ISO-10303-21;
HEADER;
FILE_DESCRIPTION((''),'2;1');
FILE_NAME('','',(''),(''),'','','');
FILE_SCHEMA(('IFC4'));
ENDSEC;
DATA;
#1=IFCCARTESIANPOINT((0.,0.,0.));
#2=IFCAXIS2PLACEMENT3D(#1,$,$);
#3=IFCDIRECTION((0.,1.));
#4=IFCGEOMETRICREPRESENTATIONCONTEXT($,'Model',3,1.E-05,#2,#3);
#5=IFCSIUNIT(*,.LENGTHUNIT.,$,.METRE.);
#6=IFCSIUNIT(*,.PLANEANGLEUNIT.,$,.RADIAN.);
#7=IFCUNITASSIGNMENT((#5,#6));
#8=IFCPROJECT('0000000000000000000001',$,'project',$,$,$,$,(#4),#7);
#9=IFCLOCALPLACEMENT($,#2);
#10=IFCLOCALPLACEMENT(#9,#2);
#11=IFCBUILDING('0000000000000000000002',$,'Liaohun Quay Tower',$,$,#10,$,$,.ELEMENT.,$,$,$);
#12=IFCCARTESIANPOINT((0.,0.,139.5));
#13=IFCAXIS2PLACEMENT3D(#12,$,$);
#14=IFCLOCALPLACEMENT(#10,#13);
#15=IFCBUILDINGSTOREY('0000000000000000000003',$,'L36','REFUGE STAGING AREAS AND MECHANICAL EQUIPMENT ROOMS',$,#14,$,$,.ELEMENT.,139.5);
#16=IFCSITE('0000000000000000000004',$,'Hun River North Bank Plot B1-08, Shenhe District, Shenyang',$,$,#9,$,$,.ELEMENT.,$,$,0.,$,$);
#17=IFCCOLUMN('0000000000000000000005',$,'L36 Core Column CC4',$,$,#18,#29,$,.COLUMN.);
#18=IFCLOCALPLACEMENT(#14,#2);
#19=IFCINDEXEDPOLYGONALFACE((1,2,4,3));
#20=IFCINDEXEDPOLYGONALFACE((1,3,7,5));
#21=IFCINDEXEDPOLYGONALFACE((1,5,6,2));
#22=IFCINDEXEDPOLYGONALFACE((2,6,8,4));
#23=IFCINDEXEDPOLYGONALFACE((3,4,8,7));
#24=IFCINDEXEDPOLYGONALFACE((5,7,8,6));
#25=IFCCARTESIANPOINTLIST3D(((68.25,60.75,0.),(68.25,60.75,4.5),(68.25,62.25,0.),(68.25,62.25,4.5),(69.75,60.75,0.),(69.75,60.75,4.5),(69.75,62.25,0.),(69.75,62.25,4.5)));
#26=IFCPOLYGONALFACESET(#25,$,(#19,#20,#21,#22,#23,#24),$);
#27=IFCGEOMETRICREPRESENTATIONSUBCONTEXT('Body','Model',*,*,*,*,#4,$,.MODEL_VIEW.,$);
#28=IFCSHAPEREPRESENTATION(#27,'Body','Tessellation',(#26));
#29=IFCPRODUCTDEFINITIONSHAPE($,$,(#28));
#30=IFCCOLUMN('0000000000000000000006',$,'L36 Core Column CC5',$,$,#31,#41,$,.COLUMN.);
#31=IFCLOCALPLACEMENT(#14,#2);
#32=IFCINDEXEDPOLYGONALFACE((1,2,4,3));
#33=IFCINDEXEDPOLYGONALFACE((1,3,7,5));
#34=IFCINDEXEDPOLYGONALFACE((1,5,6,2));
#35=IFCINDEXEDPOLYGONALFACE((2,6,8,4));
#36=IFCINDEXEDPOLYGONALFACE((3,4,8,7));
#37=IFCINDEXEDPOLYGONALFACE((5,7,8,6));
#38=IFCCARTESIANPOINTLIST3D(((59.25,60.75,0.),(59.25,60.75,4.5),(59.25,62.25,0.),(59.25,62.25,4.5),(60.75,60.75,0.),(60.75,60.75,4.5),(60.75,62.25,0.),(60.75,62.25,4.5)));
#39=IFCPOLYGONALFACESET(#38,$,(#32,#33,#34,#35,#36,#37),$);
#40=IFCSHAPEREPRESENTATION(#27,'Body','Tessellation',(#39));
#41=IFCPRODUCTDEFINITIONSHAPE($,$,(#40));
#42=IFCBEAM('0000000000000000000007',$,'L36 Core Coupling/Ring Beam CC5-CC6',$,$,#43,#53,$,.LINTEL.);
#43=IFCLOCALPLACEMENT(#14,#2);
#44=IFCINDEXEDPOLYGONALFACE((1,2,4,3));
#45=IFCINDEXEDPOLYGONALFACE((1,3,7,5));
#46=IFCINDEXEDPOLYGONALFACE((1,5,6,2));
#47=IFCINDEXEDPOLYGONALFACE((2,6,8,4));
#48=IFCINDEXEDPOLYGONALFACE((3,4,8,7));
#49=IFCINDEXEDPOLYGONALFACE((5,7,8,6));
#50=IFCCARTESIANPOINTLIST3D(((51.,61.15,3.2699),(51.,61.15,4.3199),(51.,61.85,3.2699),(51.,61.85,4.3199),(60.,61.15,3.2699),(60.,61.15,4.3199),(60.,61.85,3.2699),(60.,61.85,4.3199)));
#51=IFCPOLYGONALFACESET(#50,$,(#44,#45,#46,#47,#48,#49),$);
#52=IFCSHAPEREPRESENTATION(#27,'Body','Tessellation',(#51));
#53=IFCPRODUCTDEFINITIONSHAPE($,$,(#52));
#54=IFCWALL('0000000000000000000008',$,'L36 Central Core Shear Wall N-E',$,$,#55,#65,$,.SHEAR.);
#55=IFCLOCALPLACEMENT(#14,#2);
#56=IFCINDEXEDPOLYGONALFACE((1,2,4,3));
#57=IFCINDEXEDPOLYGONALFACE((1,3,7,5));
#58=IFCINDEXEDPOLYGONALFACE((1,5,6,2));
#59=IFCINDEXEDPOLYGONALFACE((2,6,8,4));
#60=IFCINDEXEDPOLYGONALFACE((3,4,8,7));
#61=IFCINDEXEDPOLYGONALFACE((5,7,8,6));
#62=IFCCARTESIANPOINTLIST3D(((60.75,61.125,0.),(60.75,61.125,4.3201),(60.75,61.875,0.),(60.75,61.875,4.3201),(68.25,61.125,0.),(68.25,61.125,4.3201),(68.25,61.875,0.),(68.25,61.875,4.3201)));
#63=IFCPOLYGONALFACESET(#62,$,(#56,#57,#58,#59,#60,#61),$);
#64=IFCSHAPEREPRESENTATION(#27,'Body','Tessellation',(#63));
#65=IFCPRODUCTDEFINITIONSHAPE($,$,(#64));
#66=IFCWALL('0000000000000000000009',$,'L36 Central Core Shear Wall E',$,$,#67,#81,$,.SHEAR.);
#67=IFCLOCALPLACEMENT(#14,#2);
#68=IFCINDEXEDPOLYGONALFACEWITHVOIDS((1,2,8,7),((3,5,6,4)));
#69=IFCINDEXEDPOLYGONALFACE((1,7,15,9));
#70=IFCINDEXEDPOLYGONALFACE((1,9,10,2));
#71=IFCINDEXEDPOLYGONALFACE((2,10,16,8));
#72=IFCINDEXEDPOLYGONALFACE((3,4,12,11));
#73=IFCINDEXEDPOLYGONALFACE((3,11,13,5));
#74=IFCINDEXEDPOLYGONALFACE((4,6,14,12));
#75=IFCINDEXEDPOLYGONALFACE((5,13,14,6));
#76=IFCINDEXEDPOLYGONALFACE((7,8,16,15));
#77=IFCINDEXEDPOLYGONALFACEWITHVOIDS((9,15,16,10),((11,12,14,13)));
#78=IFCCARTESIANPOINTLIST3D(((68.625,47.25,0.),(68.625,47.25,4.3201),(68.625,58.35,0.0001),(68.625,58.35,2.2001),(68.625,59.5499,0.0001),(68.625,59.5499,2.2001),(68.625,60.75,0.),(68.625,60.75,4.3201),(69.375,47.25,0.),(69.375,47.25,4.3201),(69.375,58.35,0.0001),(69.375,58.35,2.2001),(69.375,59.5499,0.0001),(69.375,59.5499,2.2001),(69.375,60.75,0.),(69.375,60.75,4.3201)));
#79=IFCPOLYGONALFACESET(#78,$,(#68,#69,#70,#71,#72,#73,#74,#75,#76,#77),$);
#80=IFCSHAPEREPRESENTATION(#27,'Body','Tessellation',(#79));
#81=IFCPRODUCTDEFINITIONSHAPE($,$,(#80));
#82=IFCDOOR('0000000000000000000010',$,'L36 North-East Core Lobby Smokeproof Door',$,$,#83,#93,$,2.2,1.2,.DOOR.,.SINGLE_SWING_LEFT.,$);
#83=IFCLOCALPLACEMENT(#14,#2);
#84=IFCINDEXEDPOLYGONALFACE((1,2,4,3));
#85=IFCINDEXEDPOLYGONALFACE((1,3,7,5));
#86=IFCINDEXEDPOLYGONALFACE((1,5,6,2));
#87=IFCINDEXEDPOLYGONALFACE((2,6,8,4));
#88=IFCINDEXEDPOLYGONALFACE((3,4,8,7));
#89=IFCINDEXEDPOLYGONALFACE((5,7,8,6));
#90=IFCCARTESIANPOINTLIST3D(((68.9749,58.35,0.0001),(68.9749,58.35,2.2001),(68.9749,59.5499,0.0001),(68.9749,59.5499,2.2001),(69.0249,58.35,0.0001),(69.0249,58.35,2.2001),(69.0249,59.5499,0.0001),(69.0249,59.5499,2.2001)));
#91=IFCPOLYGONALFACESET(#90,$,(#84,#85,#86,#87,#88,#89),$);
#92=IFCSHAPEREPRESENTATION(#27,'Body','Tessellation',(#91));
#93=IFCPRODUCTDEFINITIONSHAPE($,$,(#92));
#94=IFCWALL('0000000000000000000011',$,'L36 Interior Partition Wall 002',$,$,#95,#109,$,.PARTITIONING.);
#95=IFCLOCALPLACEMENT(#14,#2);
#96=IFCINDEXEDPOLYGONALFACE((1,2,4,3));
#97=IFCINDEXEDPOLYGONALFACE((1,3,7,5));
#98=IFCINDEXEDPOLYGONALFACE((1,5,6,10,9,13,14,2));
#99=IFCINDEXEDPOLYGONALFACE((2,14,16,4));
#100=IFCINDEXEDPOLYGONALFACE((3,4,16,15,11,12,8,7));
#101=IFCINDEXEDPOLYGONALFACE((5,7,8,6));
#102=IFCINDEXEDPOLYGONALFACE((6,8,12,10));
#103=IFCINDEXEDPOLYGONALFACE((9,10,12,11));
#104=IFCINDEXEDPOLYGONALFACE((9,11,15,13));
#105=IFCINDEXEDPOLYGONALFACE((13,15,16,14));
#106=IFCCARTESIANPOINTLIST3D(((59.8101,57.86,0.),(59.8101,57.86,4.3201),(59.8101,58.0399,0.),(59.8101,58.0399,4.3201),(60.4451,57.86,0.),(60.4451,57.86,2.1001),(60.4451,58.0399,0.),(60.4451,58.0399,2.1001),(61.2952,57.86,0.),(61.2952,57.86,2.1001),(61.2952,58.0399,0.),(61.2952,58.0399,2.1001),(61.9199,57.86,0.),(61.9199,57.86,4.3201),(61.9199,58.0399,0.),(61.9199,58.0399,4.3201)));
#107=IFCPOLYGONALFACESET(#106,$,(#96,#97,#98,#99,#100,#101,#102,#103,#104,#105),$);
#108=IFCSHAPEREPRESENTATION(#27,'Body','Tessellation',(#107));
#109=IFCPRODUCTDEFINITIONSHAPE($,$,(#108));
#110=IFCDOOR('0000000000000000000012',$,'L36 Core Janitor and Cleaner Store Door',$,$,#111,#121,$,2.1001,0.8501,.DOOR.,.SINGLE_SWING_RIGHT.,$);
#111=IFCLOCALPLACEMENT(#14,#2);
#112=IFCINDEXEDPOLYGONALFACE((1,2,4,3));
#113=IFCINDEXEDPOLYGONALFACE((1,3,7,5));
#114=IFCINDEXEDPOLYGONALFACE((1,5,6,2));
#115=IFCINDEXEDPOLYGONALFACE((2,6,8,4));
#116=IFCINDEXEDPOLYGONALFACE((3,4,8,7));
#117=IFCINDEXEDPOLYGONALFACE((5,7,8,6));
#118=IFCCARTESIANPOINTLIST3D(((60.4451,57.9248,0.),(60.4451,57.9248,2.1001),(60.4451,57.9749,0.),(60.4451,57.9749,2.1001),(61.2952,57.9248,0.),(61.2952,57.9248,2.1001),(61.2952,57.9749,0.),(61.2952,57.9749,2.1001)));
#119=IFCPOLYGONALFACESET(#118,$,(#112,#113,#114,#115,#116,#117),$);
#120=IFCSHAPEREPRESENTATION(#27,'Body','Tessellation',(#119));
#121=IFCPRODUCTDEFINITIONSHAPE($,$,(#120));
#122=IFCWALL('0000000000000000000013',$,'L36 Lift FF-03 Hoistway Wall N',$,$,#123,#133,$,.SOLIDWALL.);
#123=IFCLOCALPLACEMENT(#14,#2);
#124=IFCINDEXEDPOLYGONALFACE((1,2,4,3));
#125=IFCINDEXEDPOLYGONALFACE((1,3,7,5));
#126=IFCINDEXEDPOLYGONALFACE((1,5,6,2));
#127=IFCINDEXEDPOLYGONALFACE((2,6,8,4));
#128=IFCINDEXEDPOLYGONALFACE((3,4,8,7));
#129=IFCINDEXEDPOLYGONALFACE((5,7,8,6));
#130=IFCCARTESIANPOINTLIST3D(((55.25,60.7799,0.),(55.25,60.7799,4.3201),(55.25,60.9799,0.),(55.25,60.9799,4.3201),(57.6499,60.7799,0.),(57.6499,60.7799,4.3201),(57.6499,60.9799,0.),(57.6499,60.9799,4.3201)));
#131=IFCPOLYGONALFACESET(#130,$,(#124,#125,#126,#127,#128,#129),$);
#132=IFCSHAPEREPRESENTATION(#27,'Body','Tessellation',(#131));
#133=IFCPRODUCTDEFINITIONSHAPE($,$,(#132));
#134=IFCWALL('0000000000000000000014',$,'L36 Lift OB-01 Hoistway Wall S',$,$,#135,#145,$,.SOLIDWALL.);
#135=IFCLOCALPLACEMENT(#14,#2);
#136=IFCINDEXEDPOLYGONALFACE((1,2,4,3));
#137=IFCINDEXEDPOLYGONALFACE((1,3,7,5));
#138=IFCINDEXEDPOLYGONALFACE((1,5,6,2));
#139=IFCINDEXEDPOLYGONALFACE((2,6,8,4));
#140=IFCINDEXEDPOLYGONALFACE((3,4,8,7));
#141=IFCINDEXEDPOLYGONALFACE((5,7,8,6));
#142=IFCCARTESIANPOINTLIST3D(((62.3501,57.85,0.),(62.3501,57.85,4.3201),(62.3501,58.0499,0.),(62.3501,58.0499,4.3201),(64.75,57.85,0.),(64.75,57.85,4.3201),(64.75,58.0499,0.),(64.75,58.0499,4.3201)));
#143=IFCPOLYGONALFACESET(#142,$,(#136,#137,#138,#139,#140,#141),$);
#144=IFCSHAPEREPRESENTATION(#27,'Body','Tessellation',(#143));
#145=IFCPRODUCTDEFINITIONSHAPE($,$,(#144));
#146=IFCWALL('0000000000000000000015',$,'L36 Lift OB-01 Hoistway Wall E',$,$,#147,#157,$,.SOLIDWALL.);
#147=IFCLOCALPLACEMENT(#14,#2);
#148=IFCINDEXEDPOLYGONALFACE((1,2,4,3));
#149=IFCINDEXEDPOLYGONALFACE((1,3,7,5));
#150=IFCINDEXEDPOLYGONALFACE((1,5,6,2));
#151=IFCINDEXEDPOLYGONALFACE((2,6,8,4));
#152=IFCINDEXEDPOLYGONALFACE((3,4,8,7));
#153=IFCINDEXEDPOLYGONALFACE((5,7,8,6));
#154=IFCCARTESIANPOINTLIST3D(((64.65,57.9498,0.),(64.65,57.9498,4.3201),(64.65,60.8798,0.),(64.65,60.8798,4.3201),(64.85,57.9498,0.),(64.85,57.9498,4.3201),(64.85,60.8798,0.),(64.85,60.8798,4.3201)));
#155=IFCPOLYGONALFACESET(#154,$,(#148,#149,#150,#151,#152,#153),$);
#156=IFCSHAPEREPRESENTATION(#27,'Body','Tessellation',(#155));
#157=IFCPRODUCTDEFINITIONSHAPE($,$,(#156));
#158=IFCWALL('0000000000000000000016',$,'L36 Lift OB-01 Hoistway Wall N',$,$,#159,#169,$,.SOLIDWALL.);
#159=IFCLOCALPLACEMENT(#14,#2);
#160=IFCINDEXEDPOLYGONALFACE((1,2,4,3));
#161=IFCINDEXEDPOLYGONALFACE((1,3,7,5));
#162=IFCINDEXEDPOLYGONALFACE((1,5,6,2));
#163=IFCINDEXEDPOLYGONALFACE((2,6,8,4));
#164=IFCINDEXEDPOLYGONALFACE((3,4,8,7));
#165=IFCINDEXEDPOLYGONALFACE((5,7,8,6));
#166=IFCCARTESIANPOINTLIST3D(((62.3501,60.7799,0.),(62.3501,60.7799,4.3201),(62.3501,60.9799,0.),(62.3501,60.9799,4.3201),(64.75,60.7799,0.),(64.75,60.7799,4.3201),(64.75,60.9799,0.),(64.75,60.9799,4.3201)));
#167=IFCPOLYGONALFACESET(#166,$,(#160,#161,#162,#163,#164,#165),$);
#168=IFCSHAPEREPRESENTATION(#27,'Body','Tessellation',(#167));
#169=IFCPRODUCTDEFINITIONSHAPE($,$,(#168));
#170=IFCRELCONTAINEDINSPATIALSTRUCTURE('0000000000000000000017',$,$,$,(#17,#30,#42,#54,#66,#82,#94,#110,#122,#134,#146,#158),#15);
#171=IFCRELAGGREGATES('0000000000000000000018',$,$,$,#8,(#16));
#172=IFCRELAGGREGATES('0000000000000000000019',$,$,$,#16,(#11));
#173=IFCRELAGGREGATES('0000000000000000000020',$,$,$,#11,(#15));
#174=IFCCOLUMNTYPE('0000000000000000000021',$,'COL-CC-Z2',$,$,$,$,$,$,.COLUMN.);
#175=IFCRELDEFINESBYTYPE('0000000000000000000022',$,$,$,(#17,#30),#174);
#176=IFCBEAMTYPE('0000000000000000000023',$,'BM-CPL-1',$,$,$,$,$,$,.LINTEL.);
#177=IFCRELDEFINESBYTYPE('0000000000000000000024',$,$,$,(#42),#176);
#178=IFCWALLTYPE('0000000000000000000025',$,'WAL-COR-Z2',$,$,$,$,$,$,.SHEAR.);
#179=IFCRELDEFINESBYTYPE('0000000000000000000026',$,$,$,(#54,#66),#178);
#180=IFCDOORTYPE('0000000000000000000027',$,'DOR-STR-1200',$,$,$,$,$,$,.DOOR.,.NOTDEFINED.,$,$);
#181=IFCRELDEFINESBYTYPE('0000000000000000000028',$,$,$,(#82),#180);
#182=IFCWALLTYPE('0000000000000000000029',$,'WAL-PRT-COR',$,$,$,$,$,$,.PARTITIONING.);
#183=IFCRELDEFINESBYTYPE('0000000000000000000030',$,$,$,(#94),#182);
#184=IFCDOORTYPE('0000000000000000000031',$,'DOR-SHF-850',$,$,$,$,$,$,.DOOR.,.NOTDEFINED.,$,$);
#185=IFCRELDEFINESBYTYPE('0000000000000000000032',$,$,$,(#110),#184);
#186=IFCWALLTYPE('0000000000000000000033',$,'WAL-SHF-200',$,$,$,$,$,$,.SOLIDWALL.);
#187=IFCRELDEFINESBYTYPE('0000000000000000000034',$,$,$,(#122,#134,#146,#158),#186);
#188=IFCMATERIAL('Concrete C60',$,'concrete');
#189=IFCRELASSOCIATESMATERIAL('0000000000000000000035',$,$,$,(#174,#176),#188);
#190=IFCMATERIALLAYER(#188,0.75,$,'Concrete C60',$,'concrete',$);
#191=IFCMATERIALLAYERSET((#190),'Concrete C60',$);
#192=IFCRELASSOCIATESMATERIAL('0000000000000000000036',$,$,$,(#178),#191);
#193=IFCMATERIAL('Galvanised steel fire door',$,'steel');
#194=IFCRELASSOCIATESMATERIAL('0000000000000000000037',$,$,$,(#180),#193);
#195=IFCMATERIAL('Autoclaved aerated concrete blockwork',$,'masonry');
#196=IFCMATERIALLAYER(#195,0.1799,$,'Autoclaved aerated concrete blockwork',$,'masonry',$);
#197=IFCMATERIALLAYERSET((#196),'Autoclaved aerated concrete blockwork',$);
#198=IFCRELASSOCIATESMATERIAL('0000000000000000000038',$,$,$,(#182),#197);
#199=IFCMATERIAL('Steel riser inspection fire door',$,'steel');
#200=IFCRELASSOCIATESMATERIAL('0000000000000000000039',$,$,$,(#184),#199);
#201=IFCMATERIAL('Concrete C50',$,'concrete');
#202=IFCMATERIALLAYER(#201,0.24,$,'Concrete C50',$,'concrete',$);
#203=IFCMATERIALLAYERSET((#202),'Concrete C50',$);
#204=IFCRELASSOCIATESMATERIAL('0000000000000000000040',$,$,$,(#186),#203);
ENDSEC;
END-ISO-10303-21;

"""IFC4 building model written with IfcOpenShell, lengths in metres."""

from ifc_helpers import new_model, si_unit, direction, frame, frame_2d, origin, origin_2d, place, context, subcontext, project, spatial, rectangle, extrude, source, transform, mapped, material, layer, layer_set, material_profile, profile_set, type_object, element, fill, save


model = new_model("IFC4")

# Units and contexts
model_context = context("Model", 3, precision=1e-05, world=origin(), true_north=direction((0.0, 1.0)))
body_context = subcontext(model_context, "Body", "Model", "MODEL_VIEW")
ifc_project = project(units=[si_unit("LENGTHUNIT", "METRE"), si_unit("PLANEANGLEUNIT", "RADIAN")], contexts=[model_context])

# Site, building, storey
site_placement = place(None, origin())
site = spatial("IfcSite", under=ifc_project, at=site_placement, Name="Hun River North Bank Plot B1-08, Shenhe District, Shenyang", CompositionType="ELEMENT", RefElevation=0.0)
building_placement = place(site_placement, origin())
building = spatial("IfcBuilding", under=site, at=building_placement, Name="Liaohun Quay Tower", CompositionType="ELEMENT")
storey_placement = place(building_placement, frame((0.0, 0.0, 139.5)))
storey = spatial("IfcBuildingStorey", under=building, at=storey_placement, Name="L36", Description="REFUGE STAGING AREAS AND MECHANICAL EQUIPMENT ROOMS", CompositionType="ELEMENT", Elevation=139.5)

# Columns
ifc_material_1 = material(Name="Concrete C60", Category="concrete")
ifc_material_profile_1 = material_profile(ifc_material_1, rectangle(XDim=1.5, YDim=1.5, at=origin_2d()), Name="RC1500x1500")
ifc_profile_set_1 = profile_set([ifc_material_profile_1], Name="Concrete C60")
column_type = type_object("IfcColumnType", Name="COL-CC-Z2", PredefinedType="COLUMN", material=ifc_profile_set_1)
shared_shape_1 = source(origin(), body_context, "Body", "SweptSolid", [
    extrude(rectangle(XDim=1.5, YDim=1.5, at=origin_2d()), origin(), (0.0, 0.0, 1.0), 4.5),
])
for number, where, z_axis, x_axis, name in (
    (1, (69.0, 61.5, 0.0), (0.0, 0.0, 1.0), (1.0, 0.0, 0.0), "L36 Core Column CC4"),
    (2, (60.0, 61.5, 0.0), (0.0, 0.0, 1.0), (1.0, 0.0, 0.0), "L36 Core Column CC5"),
):
    element("IfcColumn", number, at=place(storey_placement, frame(where, z_axis=z_axis, x_axis=x_axis)), inside=storey, type_object=column_type, Name=name, PredefinedType="COLUMN", context=body_context, shape_type="MappedRepresentation", body=[
        mapped(shared_shape_1, transform((0.0, 0.0, 0.0), x_axis=(1.0, 0.0, 0.0), y_axis=(0.0, 1.0, 0.0), z_axis=(0.0, 0.0, 1.0), scale=1.0)),
    ])

# Beam
ifc_material_profile_2 = material_profile(ifc_material_1, rectangle(XDim=0.7, YDim=1.05, at=origin_2d()), Name="RC700x1050")
ifc_profile_set_2 = profile_set([ifc_material_profile_2], Name="Concrete C60")
beam_type = type_object("IfcBeamType", Name="BM-CPL-1", PredefinedType="LINTEL", material=ifc_profile_set_2)
shared_shape_2 = source(origin(), body_context, "Body", "SweptSolid", [
    extrude(rectangle(XDim=0.7, YDim=1.05, at=origin_2d()), origin(), (0.0, 0.0, 1.0), 9.0),
])
beam_placement = place(storey_placement, frame((60.0, 61.5, 3.7949), z_axis=(-1.0, 0.0, 0.0), x_axis=(0.0, -1.0, 0.0)))
element("IfcBeam", 3, at=beam_placement, inside=storey, type_object=beam_type, Name="L36 Core Coupling/Ring Beam CC5-CC6", PredefinedType="LINTEL", context=body_context, shape_type="MappedRepresentation", body=[
    mapped(shared_shape_2, transform((0.0, 0.0, 0.0), x_axis=(1.0, 0.0, 0.0), y_axis=(0.0, 1.0, 0.0), z_axis=(0.0, 0.0, 1.0), scale=1.0)),
])

# Wall
ifc_layer_1 = layer(ifc_material_1, 0.75, Name="Concrete C60", Category="concrete")
ifc_layer_set_1 = layer_set([ifc_layer_1], Name="Concrete C60")
wall_type_1 = type_object("IfcWallType", Name="WAL-COR-Z2", PredefinedType="SHEAR", material=ifc_layer_set_1)
wall_1_placement = place(storey_placement, frame((60.75, 61.5, 0.0), z_axis=(0.0, 0.0, 1.0), x_axis=(1.0, 0.0, 0.0)))
element("IfcWall", 4, at=wall_1_placement, inside=storey, type_object=wall_type_1, Name="L36 Central Core Shear Wall N-E", PredefinedType="SHEAR", context=body_context, shape_type="SweptSolid", body=[
    extrude(rectangle(XDim=7.5, YDim=0.75, at=frame_2d((3.75, 0.0))), origin(), (0.0, 0.0, 1.0), 4.3201),
])

# Walls, openings, doors
wall_2_placement = place(storey_placement, frame((69.0, 60.75, 0.0), z_axis=(0.0, 0.0, 1.0), x_axis=(0.0, -1.0, 0.0)))
wall_2 = element("IfcWall", 5, at=wall_2_placement, inside=storey, type_object=wall_type_1, Name="L36 Central Core Shear Wall E", PredefinedType="SHEAR", context=body_context, shape_type="SweptSolid", body=[
    extrude(rectangle(XDim=13.5, YDim=0.75, at=frame_2d((6.75, 0.0))), origin(), (0.0, 0.0, 1.0), 4.3201),
])
shared_shape_3 = source(origin(), body_context, "Body", "SweptSolid", [
    extrude(rectangle(XDim=1.2, YDim=2.2, at=frame_2d((0.6001, 1.1001))), frame((0.0, 0.385, 0.0), z_axis=(0.0, -1.0, 0.0), x_axis=(1.0, 0.0, 0.0)), (0.0, 0.0, 1.0), 0.77),
])
opening_1_placement = place(wall_2_placement, frame((1.2, 0.0, 0.0)))
opening_1 = element("IfcOpeningElement", 6, at=opening_1_placement, cuts=wall_2, PredefinedType="OPENING", context=body_context, shape_type="MappedRepresentation", body=[
    mapped(shared_shape_3, transform((0.0, 0.0, 0.0), x_axis=(1.0, 0.0, 0.0), y_axis=(0.0, 1.0, 0.0), z_axis=(0.0, 0.0, 1.0), scale=1.0)),
])
ifc_material_2 = material(Name="Galvanised steel fire door", Category="steel")
door_type_1 = type_object("IfcDoorType", Name="DOR-STR-1200", OperationType="NOTDEFINED", PredefinedType="DOOR", material=ifc_material_2)
shared_shape_4 = source(origin(), body_context, "Body", "SweptSolid", [
    extrude(rectangle(XDim=1.2, YDim=2.2, at=frame_2d((0.6001, 1.1001))), frame((0.0, 0.0249, 0.0), z_axis=(0.0, -1.0, 0.0), x_axis=(1.0, 0.0, 0.0)), (0.0, 0.0, 1.0), 0.05),
])
door_1_placement = place(opening_1_placement, origin())
door_1 = element("IfcDoor", 7, at=door_1_placement, inside=storey, type_object=door_type_1, Name="L36 North-East Core Lobby Smokeproof Door", OperationType="SINGLE_SWING_LEFT", OverallHeight=2.2, OverallWidth=1.2, PredefinedType="DOOR", context=body_context, shape_type="MappedRepresentation", body=[
    mapped(shared_shape_4, transform((0.0, 0.0, 0.0), x_axis=(1.0, 0.0, 0.0), y_axis=(0.0, 1.0, 0.0), z_axis=(0.0, 0.0, 1.0), scale=1.0)),
])
fill(opening_1, door_1)
ifc_material_3 = material(Name="Autoclaved aerated concrete blockwork", Category="masonry")
ifc_layer_2 = layer(ifc_material_3, 0.1799, Name="Autoclaved aerated concrete blockwork", Category="masonry")
ifc_layer_set_2 = layer_set([ifc_layer_2], Name="Autoclaved aerated concrete blockwork")
wall_type_2 = type_object("IfcWallType", Name="WAL-PRT-COR", PredefinedType="PARTITIONING", material=ifc_layer_set_2)
wall_3_placement = place(storey_placement, frame((59.8101, 57.95, 0.0), z_axis=(0.0, 0.0, 1.0), x_axis=(1.0, 0.0, 0.0)))
wall_3 = element("IfcWall", 8, at=wall_3_placement, inside=storey, type_object=wall_type_2, Name="L36 Interior Partition Wall 002", PredefinedType="PARTITIONING", context=body_context, shape_type="SweptSolid", body=[
    extrude(rectangle(XDim=2.1099, YDim=0.1799, at=frame_2d((1.0549, 0.0))), origin(), (0.0, 0.0, 1.0), 4.3201),
])
shared_shape_5 = source(origin(), body_context, "Body", "SweptSolid", [
    extrude(rectangle(XDim=0.8501, YDim=2.1001, at=frame_2d((0.425, 1.05))), frame((0.0, 0.0999, 0.0), z_axis=(0.0, -1.0, 0.0), x_axis=(1.0, 0.0, 0.0)), (0.0, 0.0, 1.0), 0.2),
])
opening_2_placement = place(wall_3_placement, frame((0.635, 0.0, 0.0)))
opening_2 = element("IfcOpeningElement", 9, at=opening_2_placement, cuts=wall_3, PredefinedType="OPENING", context=body_context, shape_type="MappedRepresentation", body=[
    mapped(shared_shape_5, transform((0.0, 0.0, 0.0), x_axis=(1.0, 0.0, 0.0), y_axis=(0.0, 1.0, 0.0), z_axis=(0.0, 0.0, 1.0), scale=1.0)),
])
ifc_material_4 = material(Name="Steel riser inspection fire door", Category="steel")
door_type_2 = type_object("IfcDoorType", Name="DOR-SHF-850", OperationType="NOTDEFINED", PredefinedType="DOOR", material=ifc_material_4)
shared_shape_6 = source(origin(), body_context, "Body", "SweptSolid", [
    extrude(rectangle(XDim=0.8501, YDim=2.1001, at=frame_2d((0.425, 1.05))), frame((0.0, 0.0249, 0.0), z_axis=(0.0, -1.0, 0.0), x_axis=(1.0, 0.0, 0.0)), (0.0, 0.0, 1.0), 0.05),
])
door_2_placement = place(opening_2_placement, origin())
door_2 = element("IfcDoor", 10, at=door_2_placement, inside=storey, type_object=door_type_2, Name="L36 Core Janitor and Cleaner Store Door", OperationType="SINGLE_SWING_RIGHT", OverallHeight=2.1001, OverallWidth=0.8501, PredefinedType="DOOR", context=body_context, shape_type="MappedRepresentation", body=[
    mapped(shared_shape_6, transform((0.0, 0.0, 0.0), x_axis=(1.0, 0.0, 0.0), y_axis=(0.0, 1.0, 0.0), z_axis=(0.0, 0.0, 1.0), scale=1.0)),
])
fill(opening_2, door_2)

# Walls
ifc_material_5 = material(Name="Concrete C50", Category="concrete")
ifc_layer_3 = layer(ifc_material_5, 0.24, Name="Concrete C50", Category="concrete")
ifc_layer_set_3 = layer_set([ifc_layer_3], Name="Concrete C50")
wall_type_3 = type_object("IfcWallType", Name="WAL-SHF-200", PredefinedType="SOLIDWALL", material=ifc_layer_set_3)
for number, where, z_axis, x_axis, name in (
    (11, (57.6499, 60.8799, 0.0), (0.0, 0.0, 1.0), (-1.0, 0.0, 0.0), "L36 Lift FF-03 Hoistway Wall N"),
    (12, (62.3501, 57.95, 0.0), (0.0, 0.0, 1.0), (1.0, 0.0, 0.0), "L36 Lift OB-01 Hoistway Wall S"),
):
    element("IfcWall", number, at=place(storey_placement, frame(where, z_axis=z_axis, x_axis=x_axis)), inside=storey, type_object=wall_type_3, Name=name, PredefinedType="SOLIDWALL", context=body_context, shape_type="SweptSolid", body=[
        extrude(rectangle(XDim=2.3999, YDim=0.2, at=frame_2d((1.2, 0.0))), origin(), (0.0, 0.0, 1.0), 4.3201),
    ])
wall_4_placement = place(storey_placement, frame((64.75, 57.95, 0.0), z_axis=(0.0, 0.0, 1.0), x_axis=(0.0, 1.0, 0.0)))
element("IfcWall", 13, at=wall_4_placement, inside=storey, type_object=wall_type_3, Name="L36 Lift OB-01 Hoistway Wall E", PredefinedType="SOLIDWALL", context=body_context, shape_type="SweptSolid", body=[
    extrude(rectangle(XDim=2.9299, YDim=0.2, at=frame_2d((1.4648, 0.0))), origin(), (0.0, 0.0, 1.0), 4.3201),
])
wall_5_placement = place(storey_placement, frame((64.75, 60.8799, 0.0), z_axis=(0.0, 0.0, 1.0), x_axis=(-1.0, 0.0, 0.0)))
element("IfcWall", 14, at=wall_5_placement, inside=storey, type_object=wall_type_3, Name="L36 Lift OB-01 Hoistway Wall N", PredefinedType="SOLIDWALL", context=body_context, shape_type="SweptSolid", body=[
    extrude(rectangle(XDim=2.3999, YDim=0.2, at=frame_2d((1.2, 0.0))), origin(), (0.0, 0.0, 1.0), 4.3201),
])

save(model, "model.ifc")
